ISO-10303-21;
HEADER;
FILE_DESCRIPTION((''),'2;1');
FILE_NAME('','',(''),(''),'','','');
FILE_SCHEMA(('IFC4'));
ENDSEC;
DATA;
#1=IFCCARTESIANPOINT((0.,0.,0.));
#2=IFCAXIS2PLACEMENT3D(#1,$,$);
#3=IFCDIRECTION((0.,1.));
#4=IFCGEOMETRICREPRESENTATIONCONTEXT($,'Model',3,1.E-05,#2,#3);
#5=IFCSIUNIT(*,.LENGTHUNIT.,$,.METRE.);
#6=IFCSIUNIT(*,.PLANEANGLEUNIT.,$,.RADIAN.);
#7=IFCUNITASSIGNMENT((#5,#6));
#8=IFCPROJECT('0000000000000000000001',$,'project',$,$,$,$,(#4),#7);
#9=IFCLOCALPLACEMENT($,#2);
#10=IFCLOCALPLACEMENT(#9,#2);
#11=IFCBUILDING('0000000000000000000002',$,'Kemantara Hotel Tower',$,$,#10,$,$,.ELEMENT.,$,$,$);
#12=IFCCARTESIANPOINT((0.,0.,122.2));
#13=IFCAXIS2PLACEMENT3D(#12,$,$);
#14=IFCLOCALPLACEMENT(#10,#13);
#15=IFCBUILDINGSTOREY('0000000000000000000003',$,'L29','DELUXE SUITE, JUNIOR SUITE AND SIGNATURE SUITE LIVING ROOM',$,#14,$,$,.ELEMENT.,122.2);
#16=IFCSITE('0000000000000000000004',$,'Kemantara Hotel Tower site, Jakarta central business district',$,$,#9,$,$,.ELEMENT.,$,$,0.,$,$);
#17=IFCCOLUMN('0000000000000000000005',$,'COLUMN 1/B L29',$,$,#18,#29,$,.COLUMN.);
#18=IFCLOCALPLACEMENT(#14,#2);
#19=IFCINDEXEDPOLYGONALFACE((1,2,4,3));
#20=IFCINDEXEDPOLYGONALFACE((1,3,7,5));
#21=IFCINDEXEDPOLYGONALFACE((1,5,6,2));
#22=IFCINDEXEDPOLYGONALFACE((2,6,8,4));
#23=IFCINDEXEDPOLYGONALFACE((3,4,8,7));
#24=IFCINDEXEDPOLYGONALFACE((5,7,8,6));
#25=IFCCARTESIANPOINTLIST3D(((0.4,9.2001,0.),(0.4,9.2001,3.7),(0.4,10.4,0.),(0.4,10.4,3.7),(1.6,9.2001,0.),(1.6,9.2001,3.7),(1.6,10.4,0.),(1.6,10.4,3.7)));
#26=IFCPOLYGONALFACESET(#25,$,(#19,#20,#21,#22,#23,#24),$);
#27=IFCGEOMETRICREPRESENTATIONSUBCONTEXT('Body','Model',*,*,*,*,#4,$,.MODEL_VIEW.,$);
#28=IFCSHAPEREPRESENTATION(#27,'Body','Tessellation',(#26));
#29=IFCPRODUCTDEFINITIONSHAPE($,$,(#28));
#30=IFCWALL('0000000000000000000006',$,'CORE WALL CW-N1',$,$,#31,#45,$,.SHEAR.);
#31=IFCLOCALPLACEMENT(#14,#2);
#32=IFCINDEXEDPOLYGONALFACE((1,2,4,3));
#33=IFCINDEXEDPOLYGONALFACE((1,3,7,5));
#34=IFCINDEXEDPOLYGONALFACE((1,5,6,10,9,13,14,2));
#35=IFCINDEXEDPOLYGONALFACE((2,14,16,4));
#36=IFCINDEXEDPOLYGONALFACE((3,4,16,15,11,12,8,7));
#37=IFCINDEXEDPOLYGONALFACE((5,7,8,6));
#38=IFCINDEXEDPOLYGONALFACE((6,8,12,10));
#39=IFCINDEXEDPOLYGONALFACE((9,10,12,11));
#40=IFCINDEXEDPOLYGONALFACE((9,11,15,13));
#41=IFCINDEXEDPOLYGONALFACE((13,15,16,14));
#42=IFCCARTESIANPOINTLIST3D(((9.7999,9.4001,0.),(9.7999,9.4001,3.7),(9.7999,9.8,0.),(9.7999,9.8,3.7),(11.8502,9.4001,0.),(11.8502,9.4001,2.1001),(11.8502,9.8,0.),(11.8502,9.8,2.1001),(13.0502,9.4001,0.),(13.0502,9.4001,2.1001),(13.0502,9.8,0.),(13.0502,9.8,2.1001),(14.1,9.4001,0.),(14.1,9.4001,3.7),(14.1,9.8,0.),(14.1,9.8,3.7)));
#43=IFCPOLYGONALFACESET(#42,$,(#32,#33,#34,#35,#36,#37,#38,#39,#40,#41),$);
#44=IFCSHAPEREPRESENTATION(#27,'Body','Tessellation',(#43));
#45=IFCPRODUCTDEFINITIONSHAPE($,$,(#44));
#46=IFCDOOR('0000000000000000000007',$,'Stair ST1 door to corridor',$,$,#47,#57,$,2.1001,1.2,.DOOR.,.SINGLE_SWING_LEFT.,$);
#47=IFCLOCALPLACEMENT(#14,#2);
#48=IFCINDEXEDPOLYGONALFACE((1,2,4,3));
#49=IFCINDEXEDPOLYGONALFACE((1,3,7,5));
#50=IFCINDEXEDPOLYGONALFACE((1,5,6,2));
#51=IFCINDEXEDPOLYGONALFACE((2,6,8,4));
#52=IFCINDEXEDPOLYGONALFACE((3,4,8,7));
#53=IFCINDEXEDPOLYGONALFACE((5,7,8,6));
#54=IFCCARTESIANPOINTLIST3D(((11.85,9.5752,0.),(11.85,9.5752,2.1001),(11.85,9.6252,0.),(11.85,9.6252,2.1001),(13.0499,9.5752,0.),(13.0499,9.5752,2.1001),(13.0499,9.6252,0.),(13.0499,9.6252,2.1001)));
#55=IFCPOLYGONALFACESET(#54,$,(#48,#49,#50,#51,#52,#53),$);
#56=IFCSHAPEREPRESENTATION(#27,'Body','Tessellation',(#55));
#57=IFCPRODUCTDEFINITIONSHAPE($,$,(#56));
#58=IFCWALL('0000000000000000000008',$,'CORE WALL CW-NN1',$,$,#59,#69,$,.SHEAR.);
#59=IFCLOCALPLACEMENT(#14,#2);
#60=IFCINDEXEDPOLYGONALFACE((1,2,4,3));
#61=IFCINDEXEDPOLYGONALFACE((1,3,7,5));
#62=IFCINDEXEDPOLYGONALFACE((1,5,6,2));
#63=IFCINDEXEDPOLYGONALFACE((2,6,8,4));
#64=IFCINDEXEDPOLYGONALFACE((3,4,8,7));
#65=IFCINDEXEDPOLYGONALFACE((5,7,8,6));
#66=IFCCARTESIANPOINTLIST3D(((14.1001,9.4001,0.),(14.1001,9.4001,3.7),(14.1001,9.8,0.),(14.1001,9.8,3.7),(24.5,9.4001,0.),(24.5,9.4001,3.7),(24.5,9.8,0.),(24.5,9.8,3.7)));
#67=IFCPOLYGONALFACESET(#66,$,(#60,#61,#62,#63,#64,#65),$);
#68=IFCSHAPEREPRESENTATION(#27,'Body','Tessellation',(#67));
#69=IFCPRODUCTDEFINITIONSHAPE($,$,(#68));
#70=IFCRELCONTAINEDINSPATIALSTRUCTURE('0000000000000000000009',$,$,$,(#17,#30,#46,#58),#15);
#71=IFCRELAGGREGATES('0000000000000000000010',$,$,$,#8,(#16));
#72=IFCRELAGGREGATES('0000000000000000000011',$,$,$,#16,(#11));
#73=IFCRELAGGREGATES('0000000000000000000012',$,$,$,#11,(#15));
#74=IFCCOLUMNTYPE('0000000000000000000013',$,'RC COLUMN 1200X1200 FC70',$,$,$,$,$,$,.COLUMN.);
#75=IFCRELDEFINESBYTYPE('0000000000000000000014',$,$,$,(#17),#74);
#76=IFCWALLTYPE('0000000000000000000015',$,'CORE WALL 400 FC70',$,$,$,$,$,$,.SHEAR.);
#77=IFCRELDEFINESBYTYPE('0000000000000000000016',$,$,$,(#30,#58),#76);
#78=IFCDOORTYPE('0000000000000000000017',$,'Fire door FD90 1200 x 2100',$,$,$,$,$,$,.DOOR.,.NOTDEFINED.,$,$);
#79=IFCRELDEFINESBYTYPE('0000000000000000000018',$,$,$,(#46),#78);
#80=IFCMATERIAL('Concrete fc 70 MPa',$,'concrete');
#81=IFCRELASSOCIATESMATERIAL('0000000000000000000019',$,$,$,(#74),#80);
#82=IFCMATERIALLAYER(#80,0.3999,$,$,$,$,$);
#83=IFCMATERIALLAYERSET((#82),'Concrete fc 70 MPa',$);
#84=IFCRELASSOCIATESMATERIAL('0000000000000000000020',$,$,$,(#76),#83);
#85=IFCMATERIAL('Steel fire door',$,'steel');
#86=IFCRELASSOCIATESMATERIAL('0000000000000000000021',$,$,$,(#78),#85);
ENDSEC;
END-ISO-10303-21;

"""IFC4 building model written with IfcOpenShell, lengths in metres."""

from ifc_helpers import new_model, si_unit, direction, frame, frame_2d, origin, origin_2d, place, context, subcontext, project, spatial, rectangle, extrude, material, layer, layer_set, material_profile, profile_set, type_object, element, fill, save


model = new_model("IFC4")

# Units and contexts
model_context = context("Model", 3, precision=1e-05, world=origin(), true_north=direction((0.0, 1.0)))
body_context = subcontext(model_context, "Body", "Model", "MODEL_VIEW")
ifc_project = project(units=[si_unit("LENGTHUNIT", "METRE"), si_unit("PLANEANGLEUNIT", "RADIAN")], contexts=[model_context])

# Site, building, storey
site_placement = place(None, origin())
site = spatial("IfcSite", under=ifc_project, at=site_placement, Name="Kemantara Hotel Tower site, Jakarta central business district", CompositionType="ELEMENT", RefElevation=0.0)
building_placement = place(site_placement, origin())
building = spatial("IfcBuilding", under=site, at=building_placement, Name="Kemantara Hotel Tower", CompositionType="ELEMENT")
storey_placement = place(building_placement, frame((0.0, 0.0, 122.2)))
storey = spatial("IfcBuildingStorey", under=building, at=storey_placement, Name="L29", Description="DELUXE SUITE, JUNIOR SUITE AND SIGNATURE SUITE LIVING ROOM", CompositionType="ELEMENT", Elevation=122.2)

# Column
ifc_material_1 = material(Name="Concrete fc 70 MPa", Category="concrete")
ifc_material_profile = material_profile(ifc_material_1, rectangle(XDim=1.2, YDim=1.2, at=origin_2d()), Name="RC 1200X1200")
ifc_profile_set = profile_set([ifc_material_profile], Name="Concrete fc 70 MPa")
column_type = type_object("IfcColumnType", Name="RC COLUMN 1200X1200 FC70", PredefinedType="COLUMN", material=ifc_profile_set)
column_placement = place(storey_placement, frame((1.0, 9.8, 0.0), z_axis=(0.0, 0.0, 1.0), x_axis=(1.0, 0.0, 0.0)))
element("IfcColumn", 1, at=column_placement, inside=storey, type_object=column_type, Name="COLUMN 1/B L29", PredefinedType="COLUMN", context=body_context, shape_type="SweptSolid", body=[
    extrude(rectangle(XDim=1.2, YDim=1.2, at=origin_2d()), origin(), (0.0, 0.0, 1.0), 3.7),
])

# Wall, opening, door
ifc_layer_1 = layer(ifc_material_1, 0.3999)
ifc_layer_set_1 = layer_set([ifc_layer_1], Name="Concrete fc 70 MPa")
wall_type_1 = type_object("IfcWallType", Name="CORE WALL 400 FC70", PredefinedType="SHEAR", material=ifc_layer_set_1)
wall_1_placement = place(storey_placement, frame((9.8, 9.6001, 0.0), z_axis=(0.0, 0.0, 1.0), x_axis=(1.0, 0.0, 0.0)))
wall_1 = element("IfcWall", 2, at=wall_1_placement, inside=storey, type_object=wall_type_1, Name="CORE WALL CW-N1", PredefinedType="SHEAR", context=body_context, shape_type="SweptSolid", body=[
    extrude(rectangle(XDim=4.3, YDim=0.3999, at=frame_2d((2.1499, 0.0))), origin(), (0.0, 0.0, 1.0), 3.7),
])
opening_1_placement = place(wall_1_placement, frame((2.05, 0.0, 0.0)))
opening_1 = element("IfcOpeningElement", 3, at=opening_1_placement, cuts=wall_1, PredefinedType="OPENING", context=body_context, shape_type="SweptSolid", body=[
    extrude(rectangle(XDim=1.2, YDim=2.1001, at=frame_2d((0.6001, 1.05))), frame((0.0, 0.21, 0.0), z_axis=(0.0, -1.0, 0.0), x_axis=(1.0, 0.0, 0.0)), (0.0, 0.0, 1.0), 0.4199),
])
ifc_material_2 = material(Name="Steel fire door", Category="steel")
door_type_1 = type_object("IfcDoorType", Name="Fire door FD90 1200 x 2100", OperationType="NOTDEFINED", PredefinedType="DOOR", material=ifc_material_2)
door_1_placement = place(opening_1_placement, frame((1.2, 0.0, 0.0), z_axis=(0.0, 0.0, 1.0), x_axis=(-1.0, 0.0, 0.0)))
door_1 = element("IfcDoor", 4, at=door_1_placement, inside=storey, type_object=door_type_1, Name="Stair ST1 door to corridor", OperationType="SINGLE_SWING_LEFT", OverallHeight=2.1001, OverallWidth=1.2, PredefinedType="DOOR", context=body_context, shape_type="SweptSolid", body=[
    extrude(rectangle(XDim=1.2, YDim=2.1001, at=frame_2d((0.6001, 1.05))), frame((0.0, 0.0249, 0.0), z_axis=(0.0, -1.0, 0.0), x_axis=(1.0, 0.0, 0.0)), (0.0, 0.0, 1.0), 0.05),
])
fill(opening_1, door_1)

# Wall
wall_2_placement = place(storey_placement, frame((14.1001, 9.6001, 0.0), z_axis=(0.0, 0.0, 1.0), x_axis=(1.0, 0.0, 0.0)))
element("IfcWall", 5, at=wall_2_placement, inside=storey, type_object=wall_type_1, Name="CORE WALL CW-NN1", PredefinedType="SHEAR", context=body_context, shape_type="SweptSolid", body=[
    extrude(rectangle(XDim=10.3999, YDim=0.3999, at=frame_2d((5.2, 0.0))), origin(), (0.0, 0.0, 1.0), 3.7),
])

save(model, "model.ifc")
